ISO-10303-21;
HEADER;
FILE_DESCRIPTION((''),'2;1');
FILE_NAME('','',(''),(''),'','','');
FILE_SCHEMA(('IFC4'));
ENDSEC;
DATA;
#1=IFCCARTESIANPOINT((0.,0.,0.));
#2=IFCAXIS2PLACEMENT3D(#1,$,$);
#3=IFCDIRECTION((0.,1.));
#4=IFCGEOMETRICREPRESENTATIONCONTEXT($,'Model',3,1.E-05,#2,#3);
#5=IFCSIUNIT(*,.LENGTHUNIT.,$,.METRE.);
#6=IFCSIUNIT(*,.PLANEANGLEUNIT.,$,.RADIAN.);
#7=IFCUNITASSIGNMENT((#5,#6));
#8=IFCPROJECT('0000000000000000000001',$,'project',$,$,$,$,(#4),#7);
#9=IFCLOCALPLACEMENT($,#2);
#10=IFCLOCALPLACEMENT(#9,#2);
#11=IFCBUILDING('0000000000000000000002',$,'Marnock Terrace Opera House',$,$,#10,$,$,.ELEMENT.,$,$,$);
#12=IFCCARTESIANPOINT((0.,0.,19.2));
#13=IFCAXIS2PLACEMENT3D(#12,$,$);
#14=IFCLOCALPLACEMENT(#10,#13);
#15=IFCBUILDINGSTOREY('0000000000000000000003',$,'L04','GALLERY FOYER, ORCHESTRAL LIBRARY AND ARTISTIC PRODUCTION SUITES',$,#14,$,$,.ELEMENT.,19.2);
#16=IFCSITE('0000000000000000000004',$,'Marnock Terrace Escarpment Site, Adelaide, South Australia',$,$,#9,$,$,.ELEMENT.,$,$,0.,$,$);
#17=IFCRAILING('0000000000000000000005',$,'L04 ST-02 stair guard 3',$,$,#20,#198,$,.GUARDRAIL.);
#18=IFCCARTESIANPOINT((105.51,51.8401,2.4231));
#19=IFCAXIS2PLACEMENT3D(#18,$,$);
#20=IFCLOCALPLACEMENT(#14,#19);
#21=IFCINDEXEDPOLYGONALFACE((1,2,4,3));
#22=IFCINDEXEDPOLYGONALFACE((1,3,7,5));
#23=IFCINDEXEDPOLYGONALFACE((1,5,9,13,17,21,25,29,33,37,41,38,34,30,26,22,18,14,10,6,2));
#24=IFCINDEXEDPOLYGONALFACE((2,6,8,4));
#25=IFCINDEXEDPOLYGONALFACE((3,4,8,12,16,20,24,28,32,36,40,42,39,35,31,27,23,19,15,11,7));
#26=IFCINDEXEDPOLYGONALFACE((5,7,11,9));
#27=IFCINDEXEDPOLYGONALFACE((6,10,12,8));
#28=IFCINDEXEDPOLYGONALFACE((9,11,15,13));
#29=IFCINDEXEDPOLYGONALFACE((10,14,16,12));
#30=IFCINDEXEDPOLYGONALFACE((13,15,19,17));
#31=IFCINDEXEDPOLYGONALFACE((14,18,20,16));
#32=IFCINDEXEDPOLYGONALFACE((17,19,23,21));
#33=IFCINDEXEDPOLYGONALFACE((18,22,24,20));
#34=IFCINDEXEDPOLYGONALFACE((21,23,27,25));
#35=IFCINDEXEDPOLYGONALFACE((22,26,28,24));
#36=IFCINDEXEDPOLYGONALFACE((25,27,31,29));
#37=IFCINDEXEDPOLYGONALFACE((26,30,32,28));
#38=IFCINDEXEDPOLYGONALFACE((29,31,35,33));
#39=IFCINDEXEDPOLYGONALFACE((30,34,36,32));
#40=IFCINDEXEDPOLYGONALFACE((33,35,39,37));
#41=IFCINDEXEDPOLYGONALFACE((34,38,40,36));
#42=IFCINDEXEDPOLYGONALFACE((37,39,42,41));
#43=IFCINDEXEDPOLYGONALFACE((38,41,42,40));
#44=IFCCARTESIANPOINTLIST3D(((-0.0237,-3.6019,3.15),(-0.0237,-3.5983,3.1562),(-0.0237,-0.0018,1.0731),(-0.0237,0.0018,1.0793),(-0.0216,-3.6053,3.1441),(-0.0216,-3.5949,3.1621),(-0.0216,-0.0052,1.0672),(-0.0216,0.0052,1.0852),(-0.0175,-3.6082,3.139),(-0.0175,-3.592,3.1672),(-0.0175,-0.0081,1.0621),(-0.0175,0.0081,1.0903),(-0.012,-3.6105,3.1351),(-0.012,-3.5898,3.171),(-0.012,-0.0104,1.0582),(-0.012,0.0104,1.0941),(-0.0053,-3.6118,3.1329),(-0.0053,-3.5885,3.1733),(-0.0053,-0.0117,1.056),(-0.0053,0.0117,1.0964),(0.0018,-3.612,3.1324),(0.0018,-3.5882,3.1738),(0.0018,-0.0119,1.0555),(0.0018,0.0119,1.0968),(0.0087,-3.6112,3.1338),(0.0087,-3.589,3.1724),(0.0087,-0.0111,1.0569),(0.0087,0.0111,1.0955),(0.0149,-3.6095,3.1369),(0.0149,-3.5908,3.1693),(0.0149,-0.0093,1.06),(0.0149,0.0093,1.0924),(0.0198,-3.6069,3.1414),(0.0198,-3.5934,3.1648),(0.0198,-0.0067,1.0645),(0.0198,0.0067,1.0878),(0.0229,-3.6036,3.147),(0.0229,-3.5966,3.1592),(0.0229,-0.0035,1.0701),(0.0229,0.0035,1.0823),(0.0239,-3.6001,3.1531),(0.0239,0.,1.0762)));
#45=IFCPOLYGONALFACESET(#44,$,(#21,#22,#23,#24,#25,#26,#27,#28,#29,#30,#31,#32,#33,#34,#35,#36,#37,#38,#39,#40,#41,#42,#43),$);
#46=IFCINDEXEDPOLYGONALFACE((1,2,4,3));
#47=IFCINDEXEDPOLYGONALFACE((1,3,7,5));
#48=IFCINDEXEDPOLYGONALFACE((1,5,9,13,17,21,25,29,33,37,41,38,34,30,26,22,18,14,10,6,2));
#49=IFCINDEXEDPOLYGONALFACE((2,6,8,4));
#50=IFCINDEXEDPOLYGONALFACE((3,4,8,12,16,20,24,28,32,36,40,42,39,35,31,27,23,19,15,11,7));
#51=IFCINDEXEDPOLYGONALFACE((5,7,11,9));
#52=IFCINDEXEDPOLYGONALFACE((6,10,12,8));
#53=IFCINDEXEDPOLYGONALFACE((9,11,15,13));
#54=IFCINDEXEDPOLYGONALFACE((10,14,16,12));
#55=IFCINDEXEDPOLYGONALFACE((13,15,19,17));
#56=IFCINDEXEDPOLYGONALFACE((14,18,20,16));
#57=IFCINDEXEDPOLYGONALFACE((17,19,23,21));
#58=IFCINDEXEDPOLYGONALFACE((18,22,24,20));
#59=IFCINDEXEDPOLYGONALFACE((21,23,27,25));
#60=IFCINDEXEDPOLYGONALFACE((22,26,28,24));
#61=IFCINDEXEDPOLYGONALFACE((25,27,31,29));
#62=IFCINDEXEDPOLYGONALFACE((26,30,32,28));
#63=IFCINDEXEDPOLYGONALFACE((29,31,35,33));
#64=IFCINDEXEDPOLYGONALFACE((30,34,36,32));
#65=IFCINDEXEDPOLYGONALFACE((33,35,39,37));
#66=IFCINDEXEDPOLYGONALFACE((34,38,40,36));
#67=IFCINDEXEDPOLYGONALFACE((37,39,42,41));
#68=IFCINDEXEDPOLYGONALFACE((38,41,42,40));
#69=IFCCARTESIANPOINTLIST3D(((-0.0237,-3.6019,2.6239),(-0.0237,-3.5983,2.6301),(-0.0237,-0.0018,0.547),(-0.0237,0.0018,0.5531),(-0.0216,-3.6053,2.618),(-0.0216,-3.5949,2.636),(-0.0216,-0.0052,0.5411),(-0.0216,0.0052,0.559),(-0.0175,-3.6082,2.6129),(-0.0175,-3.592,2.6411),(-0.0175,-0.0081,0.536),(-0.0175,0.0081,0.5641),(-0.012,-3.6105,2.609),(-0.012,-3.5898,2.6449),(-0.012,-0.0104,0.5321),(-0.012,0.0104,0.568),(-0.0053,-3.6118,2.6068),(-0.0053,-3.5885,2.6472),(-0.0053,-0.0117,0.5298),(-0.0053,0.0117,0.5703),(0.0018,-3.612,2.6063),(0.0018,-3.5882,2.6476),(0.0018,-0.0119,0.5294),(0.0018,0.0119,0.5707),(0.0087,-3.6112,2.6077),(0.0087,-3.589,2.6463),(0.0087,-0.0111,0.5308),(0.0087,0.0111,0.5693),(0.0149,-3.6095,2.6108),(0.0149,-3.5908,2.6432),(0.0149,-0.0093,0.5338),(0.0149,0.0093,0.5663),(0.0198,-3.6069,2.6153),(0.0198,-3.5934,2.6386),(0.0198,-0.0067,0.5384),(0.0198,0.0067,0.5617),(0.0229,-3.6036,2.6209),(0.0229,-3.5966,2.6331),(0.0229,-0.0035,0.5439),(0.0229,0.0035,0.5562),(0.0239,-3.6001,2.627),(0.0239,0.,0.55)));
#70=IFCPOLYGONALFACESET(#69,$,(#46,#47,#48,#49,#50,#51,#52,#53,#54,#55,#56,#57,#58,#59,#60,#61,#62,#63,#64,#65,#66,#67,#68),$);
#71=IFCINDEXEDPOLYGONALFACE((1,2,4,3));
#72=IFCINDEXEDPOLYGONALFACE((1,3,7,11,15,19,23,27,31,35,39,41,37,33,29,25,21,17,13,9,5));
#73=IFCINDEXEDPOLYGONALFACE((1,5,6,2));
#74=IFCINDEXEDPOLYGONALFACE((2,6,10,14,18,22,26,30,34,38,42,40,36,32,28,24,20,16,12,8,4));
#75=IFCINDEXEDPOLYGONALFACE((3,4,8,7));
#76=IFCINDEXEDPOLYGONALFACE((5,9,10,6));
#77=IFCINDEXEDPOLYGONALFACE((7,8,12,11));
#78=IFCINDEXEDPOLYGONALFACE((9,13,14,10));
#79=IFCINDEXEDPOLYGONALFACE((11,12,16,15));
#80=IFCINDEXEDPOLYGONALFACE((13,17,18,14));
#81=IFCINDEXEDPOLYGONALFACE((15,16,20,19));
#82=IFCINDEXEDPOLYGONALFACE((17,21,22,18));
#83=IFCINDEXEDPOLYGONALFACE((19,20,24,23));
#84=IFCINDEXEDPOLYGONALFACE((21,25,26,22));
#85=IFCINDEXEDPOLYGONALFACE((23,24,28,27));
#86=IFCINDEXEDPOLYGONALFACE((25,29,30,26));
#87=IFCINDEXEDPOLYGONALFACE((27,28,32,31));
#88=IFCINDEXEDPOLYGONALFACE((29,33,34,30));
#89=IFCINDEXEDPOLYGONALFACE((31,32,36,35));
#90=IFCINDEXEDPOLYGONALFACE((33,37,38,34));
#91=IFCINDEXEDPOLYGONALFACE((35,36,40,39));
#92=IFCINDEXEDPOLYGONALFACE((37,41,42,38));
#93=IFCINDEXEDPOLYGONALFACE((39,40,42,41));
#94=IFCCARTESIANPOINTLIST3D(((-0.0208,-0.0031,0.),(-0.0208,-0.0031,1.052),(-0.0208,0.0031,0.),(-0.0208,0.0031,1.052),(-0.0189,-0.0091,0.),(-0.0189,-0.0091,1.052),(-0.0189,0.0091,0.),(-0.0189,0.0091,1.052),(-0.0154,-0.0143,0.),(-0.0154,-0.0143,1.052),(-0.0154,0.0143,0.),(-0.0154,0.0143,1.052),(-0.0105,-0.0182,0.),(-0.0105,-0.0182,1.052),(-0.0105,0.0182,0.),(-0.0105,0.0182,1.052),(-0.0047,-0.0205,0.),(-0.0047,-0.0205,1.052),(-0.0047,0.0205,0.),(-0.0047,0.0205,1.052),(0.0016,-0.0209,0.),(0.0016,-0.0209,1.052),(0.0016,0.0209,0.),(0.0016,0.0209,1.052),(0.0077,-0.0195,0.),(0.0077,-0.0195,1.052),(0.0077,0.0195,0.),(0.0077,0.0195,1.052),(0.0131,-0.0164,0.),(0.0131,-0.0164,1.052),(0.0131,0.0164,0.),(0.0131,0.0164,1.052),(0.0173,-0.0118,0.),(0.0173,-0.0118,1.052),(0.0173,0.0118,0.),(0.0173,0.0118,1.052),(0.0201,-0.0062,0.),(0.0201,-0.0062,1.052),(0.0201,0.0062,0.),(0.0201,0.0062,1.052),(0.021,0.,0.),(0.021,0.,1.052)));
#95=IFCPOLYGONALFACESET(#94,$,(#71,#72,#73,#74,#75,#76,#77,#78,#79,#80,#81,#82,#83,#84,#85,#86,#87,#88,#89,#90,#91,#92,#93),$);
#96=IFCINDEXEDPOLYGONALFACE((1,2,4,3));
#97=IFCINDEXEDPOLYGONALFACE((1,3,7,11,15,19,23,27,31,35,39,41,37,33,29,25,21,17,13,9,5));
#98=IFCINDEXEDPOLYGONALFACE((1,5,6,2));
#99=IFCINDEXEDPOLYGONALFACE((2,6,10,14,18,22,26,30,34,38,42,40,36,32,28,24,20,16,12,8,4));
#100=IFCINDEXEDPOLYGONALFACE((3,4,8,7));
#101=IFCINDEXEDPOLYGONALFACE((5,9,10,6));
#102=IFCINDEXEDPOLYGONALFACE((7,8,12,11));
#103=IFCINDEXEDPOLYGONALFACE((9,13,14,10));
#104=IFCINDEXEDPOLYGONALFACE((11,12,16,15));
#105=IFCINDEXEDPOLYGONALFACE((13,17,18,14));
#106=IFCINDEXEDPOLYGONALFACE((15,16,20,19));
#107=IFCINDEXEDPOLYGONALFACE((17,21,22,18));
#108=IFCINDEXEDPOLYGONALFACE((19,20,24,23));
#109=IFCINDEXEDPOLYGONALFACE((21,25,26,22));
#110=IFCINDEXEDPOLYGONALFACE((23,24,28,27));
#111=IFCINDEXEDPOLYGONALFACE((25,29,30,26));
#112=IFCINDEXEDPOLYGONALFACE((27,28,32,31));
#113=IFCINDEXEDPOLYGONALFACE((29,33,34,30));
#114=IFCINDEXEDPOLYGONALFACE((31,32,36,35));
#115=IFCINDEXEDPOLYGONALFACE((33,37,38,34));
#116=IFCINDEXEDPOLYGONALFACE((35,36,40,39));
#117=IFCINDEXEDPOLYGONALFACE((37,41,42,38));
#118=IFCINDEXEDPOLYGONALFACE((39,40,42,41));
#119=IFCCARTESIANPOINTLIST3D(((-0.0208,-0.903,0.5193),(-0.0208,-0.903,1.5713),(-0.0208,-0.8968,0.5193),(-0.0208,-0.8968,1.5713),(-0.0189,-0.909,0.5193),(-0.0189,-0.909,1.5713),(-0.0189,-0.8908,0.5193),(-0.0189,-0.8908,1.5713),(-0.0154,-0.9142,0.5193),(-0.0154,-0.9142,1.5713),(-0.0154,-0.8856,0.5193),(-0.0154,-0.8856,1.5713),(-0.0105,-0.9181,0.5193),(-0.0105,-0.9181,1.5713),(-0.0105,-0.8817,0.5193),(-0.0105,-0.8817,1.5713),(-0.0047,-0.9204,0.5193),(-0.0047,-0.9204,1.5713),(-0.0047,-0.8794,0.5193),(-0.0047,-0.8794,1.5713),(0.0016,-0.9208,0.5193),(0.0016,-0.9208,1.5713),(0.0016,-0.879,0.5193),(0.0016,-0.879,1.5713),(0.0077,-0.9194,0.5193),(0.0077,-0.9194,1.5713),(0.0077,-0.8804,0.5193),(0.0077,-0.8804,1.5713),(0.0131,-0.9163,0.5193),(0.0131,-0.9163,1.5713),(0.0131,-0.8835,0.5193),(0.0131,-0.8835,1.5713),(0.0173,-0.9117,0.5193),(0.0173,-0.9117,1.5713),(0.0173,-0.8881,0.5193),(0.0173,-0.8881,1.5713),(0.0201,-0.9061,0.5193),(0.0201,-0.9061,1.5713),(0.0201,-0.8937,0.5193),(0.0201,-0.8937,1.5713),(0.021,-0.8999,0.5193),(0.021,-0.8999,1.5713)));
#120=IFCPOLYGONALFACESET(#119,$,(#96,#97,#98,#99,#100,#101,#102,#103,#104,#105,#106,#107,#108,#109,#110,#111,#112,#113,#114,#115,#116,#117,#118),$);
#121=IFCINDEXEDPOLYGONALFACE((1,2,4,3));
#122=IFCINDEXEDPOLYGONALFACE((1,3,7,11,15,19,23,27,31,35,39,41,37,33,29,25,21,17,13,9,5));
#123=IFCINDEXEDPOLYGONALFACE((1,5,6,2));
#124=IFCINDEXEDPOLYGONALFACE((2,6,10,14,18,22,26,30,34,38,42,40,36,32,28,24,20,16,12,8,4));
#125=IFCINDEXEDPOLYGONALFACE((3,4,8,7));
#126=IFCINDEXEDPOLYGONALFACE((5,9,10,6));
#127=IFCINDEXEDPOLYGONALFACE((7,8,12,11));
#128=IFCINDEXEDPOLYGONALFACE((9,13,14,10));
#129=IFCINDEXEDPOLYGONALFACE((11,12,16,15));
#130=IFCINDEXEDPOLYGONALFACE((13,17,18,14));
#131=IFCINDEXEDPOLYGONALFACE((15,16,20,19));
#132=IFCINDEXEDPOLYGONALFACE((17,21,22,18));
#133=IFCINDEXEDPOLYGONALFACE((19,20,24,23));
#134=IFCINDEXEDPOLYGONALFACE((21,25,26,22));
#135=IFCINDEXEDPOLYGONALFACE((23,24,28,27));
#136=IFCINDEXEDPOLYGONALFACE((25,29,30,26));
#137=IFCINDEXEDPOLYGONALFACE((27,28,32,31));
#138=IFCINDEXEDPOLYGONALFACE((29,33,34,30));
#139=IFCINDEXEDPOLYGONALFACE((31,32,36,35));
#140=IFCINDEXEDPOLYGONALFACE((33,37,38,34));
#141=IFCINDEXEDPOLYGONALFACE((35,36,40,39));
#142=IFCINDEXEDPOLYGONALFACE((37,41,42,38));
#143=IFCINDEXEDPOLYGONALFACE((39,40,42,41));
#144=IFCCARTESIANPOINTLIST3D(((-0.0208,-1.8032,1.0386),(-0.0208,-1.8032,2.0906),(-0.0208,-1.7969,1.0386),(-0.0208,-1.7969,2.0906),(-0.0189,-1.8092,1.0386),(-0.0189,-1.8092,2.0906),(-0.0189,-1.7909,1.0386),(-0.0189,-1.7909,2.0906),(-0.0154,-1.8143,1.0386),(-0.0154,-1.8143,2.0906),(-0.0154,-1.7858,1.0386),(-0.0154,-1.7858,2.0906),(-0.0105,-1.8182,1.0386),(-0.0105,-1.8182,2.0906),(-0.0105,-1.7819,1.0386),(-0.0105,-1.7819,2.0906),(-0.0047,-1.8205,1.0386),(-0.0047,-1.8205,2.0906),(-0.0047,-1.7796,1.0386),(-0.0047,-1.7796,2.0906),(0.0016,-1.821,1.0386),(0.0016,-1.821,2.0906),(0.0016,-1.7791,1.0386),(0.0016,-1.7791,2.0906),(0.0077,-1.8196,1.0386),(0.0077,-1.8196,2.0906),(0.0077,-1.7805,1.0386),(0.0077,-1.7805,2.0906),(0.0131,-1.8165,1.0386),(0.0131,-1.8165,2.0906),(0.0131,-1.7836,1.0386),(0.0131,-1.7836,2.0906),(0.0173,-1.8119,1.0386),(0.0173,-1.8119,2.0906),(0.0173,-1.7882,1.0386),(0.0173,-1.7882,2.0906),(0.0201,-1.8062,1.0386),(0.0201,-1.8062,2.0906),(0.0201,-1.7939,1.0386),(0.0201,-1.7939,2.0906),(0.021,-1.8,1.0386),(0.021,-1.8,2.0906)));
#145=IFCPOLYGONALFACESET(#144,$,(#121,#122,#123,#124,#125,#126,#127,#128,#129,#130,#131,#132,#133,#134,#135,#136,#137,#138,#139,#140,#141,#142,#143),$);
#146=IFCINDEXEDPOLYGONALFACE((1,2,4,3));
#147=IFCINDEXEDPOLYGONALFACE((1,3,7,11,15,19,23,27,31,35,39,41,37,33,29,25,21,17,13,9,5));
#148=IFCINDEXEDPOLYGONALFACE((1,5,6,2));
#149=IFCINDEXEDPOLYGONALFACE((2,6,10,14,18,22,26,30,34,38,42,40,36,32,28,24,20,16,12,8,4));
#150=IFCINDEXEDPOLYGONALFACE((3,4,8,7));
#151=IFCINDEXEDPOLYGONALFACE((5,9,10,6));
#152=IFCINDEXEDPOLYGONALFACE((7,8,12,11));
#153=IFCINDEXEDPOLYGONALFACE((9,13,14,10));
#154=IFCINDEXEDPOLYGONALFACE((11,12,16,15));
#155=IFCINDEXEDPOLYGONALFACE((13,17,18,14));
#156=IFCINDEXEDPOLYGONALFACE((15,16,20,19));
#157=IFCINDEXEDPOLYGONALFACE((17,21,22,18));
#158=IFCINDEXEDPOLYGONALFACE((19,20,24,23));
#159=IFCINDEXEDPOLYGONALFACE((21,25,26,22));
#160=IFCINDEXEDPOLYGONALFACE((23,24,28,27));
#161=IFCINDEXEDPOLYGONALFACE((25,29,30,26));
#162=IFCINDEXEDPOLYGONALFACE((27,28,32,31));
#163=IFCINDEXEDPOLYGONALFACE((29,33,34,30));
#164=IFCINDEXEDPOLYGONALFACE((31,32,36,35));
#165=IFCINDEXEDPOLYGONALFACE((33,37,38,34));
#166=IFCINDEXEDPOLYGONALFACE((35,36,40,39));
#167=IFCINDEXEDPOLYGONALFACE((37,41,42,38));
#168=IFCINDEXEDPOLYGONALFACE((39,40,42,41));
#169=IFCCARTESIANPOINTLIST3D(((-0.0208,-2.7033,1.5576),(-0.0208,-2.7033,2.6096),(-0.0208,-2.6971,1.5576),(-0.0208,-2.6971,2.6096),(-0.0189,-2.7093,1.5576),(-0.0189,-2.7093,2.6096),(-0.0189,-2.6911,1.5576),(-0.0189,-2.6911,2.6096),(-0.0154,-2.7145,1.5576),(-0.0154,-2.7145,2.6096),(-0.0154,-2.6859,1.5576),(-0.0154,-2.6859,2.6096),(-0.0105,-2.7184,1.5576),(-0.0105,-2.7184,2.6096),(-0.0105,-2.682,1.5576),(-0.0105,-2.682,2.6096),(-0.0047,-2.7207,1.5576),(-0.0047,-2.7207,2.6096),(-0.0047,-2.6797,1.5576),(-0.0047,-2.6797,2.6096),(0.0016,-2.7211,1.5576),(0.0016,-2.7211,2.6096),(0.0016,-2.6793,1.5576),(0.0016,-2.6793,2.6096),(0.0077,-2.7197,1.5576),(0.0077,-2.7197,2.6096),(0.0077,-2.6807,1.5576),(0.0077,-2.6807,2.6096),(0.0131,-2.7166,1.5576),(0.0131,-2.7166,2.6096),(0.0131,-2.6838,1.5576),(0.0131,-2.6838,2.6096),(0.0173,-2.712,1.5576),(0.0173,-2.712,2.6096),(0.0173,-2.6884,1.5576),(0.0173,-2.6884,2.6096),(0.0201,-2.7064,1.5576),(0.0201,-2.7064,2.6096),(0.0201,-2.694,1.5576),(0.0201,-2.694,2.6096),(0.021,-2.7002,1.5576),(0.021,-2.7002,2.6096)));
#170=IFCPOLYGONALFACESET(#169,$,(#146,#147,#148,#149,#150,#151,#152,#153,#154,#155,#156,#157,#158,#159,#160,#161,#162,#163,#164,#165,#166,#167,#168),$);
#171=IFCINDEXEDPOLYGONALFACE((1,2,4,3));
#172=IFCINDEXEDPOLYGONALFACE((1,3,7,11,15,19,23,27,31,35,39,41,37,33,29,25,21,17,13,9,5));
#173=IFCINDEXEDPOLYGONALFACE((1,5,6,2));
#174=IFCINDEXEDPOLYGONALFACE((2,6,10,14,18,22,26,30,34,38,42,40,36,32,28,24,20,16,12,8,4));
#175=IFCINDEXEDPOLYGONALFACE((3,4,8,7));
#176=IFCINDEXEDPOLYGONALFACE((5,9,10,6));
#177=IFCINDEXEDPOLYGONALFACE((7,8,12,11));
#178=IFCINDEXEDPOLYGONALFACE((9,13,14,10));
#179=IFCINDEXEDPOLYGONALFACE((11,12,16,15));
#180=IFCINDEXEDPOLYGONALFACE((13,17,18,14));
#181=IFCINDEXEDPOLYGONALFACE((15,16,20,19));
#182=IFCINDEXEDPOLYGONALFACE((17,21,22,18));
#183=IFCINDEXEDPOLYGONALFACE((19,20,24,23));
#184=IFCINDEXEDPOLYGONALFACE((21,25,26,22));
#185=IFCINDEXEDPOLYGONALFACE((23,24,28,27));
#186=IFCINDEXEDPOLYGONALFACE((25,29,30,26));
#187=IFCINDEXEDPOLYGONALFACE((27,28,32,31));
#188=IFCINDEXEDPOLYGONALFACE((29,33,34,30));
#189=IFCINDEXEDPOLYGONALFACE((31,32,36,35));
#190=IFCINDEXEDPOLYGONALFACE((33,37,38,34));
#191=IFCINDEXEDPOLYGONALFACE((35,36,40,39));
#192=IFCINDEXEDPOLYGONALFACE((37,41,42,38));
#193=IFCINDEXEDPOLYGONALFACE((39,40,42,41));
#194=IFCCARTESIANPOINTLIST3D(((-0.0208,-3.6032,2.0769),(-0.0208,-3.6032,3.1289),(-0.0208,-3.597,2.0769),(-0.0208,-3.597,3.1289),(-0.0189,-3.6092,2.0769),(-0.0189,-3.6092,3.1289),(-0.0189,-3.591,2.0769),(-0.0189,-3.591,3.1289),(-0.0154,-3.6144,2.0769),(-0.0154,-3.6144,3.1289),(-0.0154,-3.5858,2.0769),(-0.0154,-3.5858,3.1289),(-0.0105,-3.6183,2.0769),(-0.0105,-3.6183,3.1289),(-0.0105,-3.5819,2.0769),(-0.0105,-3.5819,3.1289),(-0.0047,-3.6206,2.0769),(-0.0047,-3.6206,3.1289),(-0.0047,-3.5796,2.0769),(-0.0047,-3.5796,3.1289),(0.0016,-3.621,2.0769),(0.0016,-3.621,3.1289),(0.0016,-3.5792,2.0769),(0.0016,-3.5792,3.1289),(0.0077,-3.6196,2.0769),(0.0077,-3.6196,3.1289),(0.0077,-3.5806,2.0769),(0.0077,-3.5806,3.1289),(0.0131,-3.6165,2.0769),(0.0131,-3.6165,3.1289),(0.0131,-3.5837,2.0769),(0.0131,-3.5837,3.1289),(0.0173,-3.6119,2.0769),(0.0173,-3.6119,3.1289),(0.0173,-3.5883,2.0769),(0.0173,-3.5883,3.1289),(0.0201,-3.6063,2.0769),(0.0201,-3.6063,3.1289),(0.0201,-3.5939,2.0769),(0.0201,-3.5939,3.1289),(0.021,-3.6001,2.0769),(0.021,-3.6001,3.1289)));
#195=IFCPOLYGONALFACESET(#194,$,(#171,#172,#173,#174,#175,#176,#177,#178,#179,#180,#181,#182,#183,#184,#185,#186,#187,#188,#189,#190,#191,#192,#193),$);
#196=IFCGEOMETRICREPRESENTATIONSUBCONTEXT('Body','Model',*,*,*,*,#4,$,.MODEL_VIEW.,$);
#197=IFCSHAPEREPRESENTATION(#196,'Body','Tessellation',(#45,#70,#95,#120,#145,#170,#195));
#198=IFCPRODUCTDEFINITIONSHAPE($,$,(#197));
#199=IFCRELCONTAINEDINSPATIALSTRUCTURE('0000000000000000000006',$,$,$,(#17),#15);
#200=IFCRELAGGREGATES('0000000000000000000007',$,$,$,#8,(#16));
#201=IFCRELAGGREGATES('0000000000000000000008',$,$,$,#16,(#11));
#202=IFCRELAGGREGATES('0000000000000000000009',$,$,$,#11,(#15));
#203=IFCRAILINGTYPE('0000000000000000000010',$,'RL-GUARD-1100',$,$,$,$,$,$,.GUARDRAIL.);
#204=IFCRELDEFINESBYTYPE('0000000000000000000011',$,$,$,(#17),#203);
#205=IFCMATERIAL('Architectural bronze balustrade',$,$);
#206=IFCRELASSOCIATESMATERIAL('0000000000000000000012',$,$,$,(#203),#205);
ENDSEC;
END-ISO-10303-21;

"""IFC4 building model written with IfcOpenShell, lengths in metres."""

from ifc_helpers import new_model, si_unit, direction, frame, origin, origin_2d, place, context, subcontext, project, spatial, circle, extrude, material, type_object, element, save


model = new_model("IFC4")

# Units and contexts
model_context = context("Model", 3, precision=1e-05, world=origin(), true_north=direction((0.0, 1.0)))
body_context = subcontext(model_context, "Body", "Model", "MODEL_VIEW")
ifc_project = project(units=[si_unit("LENGTHUNIT", "METRE"), si_unit("PLANEANGLEUNIT", "RADIAN")], contexts=[model_context])

# Site, building, storey
site_placement = place(None, origin())
site = spatial("IfcSite", under=ifc_project, at=site_placement, Name="Marnock Terrace Escarpment Site, Adelaide, South Australia", CompositionType="ELEMENT", RefElevation=0.0)
building_placement = place(site_placement, origin())
building = spatial("IfcBuilding", under=site, at=building_placement, Name="Marnock Terrace Opera House", CompositionType="ELEMENT")
storey_placement = place(building_placement, frame((0.0, 0.0, 19.2)))
storey = spatial("IfcBuildingStorey", under=building, at=storey_placement, Name="L04", Description="GALLERY FOYER, ORCHESTRAL LIBRARY AND ARTISTIC PRODUCTION SUITES", CompositionType="ELEMENT", Elevation=19.2)

# Railing
ifc_material_1 = material(Name="Architectural bronze balustrade")
railing_type_1 = type_object("IfcRailingType", Name="RL-GUARD-1100", PredefinedType="GUARDRAIL", material=ifc_material_1)
railing_1_placement = place(storey_placement, frame((105.51, 51.8401, 2.4231)))
element("IfcRailing", 1, at=railing_1_placement, inside=storey, type_object=railing_type_1, Name="L04 ST-02 stair guard 3", PredefinedType="GUARDRAIL", context=body_context, shape_type="SweptSolid", body=[
    extrude(circle(Radius=0.0239, at=origin_2d()), frame((0.0, 0.0, 1.0762), z_axis=(0.0, -0.866193, 0.499709), x_axis=(1.0, 0.0, 0.0)), (0.0, 0.0, 1.0), 4.1562),
    extrude(circle(Radius=0.0239, at=origin_2d()), frame((0.0, 0.0, 0.55), z_axis=(0.0, -0.866193, 0.499709), x_axis=(1.0, 0.0, 0.0)), (0.0, 0.0, 1.0), 4.1562),
    extrude(circle(Radius=0.021, at=origin_2d()), origin(), (0.0, 0.0, 1.0), 1.052),
    extrude(circle(Radius=0.021, at=origin_2d()), frame((0.0, -0.8999, 0.5193)), (0.0, 0.0, 1.0), 1.052),
    extrude(circle(Radius=0.021, at=origin_2d()), frame((0.0, -1.8, 1.0386)), (0.0, 0.0, 1.0), 1.052),
    extrude(circle(Radius=0.021, at=origin_2d()), frame((0.0, -2.7002, 1.5576)), (0.0, 0.0, 1.0), 1.052),
    extrude(circle(Radius=0.021, at=origin_2d()), frame((0.0, -3.6001, 2.0769)), (0.0, 0.0, 1.0), 1.052),
])

save(model, "model.ifc")
